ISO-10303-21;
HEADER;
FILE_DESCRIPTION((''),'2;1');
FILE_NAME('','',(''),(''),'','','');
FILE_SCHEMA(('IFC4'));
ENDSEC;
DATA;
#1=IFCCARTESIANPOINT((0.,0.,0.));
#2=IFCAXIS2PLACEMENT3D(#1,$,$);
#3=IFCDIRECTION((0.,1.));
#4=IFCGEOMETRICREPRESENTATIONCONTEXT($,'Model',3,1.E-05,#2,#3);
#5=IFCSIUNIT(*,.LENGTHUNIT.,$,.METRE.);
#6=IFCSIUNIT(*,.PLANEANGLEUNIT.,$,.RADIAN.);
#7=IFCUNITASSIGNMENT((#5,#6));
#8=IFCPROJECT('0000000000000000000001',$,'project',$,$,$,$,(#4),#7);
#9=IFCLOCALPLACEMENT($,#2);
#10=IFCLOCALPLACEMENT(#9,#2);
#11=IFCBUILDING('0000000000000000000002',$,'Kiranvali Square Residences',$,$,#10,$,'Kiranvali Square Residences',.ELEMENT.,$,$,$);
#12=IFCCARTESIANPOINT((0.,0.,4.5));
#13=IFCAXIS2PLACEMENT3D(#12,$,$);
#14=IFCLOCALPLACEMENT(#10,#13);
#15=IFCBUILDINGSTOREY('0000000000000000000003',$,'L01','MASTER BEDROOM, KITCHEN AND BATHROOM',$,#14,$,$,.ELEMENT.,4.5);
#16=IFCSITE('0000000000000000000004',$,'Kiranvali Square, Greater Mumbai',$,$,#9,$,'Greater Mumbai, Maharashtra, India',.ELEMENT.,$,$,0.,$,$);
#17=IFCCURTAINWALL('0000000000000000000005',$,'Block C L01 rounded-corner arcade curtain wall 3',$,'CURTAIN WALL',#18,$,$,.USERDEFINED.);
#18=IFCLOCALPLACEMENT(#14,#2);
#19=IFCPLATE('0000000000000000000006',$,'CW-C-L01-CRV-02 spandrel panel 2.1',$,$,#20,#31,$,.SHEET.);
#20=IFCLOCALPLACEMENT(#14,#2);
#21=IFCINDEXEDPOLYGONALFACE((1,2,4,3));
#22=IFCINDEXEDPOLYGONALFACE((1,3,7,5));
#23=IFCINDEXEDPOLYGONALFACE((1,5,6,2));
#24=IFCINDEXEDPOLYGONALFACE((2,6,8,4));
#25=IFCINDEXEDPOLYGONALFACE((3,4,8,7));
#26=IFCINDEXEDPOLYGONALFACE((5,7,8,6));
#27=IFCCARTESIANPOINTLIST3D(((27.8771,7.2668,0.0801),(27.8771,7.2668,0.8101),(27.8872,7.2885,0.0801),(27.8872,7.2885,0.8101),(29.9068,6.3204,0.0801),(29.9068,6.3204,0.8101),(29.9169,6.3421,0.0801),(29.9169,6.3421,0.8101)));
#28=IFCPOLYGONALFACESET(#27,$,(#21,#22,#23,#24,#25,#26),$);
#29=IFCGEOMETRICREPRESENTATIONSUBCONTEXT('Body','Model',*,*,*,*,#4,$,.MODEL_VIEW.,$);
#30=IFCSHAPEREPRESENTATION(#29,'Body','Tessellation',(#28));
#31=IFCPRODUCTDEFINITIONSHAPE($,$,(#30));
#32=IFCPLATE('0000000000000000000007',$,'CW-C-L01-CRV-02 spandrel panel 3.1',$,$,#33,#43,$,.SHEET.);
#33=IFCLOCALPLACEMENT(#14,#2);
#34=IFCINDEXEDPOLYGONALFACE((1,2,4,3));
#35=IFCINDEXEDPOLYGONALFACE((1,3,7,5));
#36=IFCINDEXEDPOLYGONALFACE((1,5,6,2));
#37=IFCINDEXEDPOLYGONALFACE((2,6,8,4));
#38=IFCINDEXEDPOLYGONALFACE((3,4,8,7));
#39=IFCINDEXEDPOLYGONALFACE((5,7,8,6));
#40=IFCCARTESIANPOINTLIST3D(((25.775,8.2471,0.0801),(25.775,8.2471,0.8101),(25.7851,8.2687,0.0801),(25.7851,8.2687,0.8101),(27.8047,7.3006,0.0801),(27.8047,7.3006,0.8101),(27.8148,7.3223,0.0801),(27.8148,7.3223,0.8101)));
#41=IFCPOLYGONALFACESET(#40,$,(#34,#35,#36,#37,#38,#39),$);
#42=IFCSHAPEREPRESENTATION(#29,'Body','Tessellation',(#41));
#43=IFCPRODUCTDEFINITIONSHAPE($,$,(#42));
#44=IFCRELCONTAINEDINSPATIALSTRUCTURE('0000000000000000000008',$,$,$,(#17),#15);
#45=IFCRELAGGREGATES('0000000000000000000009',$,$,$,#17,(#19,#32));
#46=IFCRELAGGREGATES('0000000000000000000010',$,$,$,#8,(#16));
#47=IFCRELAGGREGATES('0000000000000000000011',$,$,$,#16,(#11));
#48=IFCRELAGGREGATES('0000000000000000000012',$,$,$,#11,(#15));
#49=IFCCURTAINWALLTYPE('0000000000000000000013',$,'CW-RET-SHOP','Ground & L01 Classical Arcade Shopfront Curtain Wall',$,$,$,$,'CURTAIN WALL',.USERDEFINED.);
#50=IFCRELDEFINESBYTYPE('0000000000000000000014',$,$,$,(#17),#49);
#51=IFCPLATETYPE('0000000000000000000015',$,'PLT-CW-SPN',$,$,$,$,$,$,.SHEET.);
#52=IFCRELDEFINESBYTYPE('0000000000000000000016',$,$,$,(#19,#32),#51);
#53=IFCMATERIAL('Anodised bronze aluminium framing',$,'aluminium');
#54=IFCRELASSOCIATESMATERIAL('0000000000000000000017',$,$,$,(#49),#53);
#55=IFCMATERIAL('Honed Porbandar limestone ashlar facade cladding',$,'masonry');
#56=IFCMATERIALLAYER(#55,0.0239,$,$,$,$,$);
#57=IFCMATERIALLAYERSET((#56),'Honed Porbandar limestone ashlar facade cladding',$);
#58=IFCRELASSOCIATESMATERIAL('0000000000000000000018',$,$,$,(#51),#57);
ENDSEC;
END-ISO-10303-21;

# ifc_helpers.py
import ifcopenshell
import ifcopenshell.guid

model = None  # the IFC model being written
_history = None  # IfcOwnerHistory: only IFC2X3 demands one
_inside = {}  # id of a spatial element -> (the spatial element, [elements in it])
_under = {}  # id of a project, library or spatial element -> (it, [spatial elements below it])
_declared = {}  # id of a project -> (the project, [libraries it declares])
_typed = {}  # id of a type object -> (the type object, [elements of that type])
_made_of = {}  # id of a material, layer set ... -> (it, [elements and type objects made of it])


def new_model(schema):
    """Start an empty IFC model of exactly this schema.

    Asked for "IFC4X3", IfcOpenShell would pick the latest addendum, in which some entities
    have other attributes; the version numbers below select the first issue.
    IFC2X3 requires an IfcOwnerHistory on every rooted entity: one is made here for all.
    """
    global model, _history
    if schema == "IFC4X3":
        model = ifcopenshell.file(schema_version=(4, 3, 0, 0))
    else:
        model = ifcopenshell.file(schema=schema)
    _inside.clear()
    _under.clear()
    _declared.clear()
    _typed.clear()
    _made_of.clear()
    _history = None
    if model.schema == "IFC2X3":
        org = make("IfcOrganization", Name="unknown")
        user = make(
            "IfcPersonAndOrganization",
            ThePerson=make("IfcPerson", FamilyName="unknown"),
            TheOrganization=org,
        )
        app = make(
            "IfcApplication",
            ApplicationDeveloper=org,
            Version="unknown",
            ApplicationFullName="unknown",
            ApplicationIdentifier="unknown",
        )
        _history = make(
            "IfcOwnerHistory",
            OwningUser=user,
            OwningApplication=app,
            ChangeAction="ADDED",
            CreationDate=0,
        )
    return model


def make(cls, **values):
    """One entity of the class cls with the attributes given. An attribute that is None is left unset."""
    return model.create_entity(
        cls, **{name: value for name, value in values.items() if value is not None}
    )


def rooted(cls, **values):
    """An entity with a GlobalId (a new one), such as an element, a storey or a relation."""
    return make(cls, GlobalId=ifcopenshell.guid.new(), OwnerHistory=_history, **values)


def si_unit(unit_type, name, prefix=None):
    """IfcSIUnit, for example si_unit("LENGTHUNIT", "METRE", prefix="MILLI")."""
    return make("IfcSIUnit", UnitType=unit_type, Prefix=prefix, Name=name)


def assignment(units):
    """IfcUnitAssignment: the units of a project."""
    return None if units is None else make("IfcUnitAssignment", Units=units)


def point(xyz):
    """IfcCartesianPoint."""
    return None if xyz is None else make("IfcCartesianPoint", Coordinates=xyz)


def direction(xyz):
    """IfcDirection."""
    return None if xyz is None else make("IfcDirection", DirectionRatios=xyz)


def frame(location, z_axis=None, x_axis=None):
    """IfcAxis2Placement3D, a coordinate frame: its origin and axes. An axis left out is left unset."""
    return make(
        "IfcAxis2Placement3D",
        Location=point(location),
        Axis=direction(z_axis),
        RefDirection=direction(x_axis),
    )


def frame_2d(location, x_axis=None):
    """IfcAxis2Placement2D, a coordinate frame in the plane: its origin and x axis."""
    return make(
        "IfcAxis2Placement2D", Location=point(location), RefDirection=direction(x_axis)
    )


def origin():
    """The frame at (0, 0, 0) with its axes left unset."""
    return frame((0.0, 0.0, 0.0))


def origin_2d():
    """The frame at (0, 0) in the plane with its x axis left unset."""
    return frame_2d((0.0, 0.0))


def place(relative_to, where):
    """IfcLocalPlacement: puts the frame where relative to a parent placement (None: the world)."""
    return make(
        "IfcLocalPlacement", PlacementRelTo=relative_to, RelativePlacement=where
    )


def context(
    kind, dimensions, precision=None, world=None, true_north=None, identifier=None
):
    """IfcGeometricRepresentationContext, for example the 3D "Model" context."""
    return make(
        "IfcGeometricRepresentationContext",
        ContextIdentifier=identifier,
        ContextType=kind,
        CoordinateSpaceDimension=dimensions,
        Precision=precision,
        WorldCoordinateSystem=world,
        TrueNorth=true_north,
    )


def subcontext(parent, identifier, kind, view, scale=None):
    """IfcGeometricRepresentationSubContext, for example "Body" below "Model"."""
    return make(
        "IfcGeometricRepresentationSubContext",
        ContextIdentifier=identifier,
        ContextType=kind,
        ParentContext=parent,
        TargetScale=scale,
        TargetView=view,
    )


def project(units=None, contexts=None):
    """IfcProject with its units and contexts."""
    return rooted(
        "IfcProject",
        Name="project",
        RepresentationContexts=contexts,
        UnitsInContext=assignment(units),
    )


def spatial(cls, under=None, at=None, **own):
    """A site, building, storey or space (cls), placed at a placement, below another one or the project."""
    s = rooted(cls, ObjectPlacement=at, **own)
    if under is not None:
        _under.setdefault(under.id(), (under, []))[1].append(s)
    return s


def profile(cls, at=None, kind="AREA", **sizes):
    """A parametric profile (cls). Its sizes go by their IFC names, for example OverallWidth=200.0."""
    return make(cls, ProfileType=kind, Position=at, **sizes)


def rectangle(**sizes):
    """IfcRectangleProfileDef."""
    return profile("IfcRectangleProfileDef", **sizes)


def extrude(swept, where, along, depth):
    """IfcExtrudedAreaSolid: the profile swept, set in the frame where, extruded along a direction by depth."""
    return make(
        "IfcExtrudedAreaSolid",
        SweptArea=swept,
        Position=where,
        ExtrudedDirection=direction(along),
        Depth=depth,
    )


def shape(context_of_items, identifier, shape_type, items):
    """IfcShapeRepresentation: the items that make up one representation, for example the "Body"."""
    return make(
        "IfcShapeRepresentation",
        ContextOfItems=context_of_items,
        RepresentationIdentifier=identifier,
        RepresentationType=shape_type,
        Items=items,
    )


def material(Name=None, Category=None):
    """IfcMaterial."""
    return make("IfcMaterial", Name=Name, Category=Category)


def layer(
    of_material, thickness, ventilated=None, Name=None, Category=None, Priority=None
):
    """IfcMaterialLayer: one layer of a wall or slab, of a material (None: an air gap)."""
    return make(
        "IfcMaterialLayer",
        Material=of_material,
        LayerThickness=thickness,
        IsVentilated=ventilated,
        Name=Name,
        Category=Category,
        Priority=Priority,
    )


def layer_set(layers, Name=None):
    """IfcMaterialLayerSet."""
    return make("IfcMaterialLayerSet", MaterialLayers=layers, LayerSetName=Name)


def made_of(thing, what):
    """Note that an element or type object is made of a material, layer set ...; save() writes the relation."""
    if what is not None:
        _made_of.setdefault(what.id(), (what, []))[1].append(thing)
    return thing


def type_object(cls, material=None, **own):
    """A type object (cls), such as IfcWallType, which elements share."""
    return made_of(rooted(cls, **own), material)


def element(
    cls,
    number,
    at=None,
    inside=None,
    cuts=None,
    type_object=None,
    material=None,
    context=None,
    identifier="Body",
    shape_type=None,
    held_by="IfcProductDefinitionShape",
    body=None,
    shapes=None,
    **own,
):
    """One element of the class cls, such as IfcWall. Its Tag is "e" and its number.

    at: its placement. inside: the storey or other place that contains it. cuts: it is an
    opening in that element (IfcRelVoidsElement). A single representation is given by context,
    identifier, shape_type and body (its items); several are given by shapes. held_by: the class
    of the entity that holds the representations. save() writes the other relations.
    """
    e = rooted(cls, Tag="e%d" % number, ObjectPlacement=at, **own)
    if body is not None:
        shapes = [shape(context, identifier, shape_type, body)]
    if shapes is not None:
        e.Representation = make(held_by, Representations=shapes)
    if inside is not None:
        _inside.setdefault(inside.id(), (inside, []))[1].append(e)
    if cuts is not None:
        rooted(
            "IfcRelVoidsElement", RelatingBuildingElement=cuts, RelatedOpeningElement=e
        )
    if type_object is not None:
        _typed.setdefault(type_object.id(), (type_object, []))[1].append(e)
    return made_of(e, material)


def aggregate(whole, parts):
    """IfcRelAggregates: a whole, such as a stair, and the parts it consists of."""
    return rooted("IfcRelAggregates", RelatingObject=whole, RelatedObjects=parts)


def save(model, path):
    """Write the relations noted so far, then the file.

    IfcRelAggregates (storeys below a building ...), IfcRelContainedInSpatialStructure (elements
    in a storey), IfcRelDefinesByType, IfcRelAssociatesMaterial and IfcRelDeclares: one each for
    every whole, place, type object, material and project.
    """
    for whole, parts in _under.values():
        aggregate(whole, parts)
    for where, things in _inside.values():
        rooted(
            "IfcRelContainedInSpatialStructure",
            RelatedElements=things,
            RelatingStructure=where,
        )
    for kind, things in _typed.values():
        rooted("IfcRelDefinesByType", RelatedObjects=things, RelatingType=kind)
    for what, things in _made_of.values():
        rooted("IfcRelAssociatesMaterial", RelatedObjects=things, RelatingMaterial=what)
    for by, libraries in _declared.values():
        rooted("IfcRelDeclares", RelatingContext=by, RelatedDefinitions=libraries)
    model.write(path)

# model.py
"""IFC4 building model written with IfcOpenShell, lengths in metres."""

from ifc_helpers import new_model, si_unit, direction, frame, origin, origin_2d, place, context, subcontext, project, spatial, rectangle, extrude, material, layer, layer_set, type_object, element, aggregate, save


model = new_model("IFC4")

# Units and contexts
model_context = context("Model", 3, precision=1e-05, world=origin(), true_north=direction((0.0, 1.0)))
body_context = subcontext(model_context, "Body", "Model", "MODEL_VIEW")
ifc_project = project(units=[si_unit("LENGTHUNIT", "METRE"), si_unit("PLANEANGLEUNIT", "RADIAN")], contexts=[model_context])

# Site, building, storey
site_placement = place(None, origin())
site = spatial("IfcSite", under=ifc_project, at=site_placement, Name="Kiranvali Square, Greater Mumbai", LongName="Greater Mumbai, Maharashtra, India", CompositionType="ELEMENT", RefElevation=0.0)
building_placement = place(site_placement, origin())
building = spatial("IfcBuilding", under=site, at=building_placement, Name="Kiranvali Square Residences", LongName="Kiranvali Square Residences", CompositionType="ELEMENT")
storey_placement = place(building_placement, frame((0.0, 0.0, 4.5)))
storey = spatial("IfcBuildingStorey", under=building, at=storey_placement, Name="L01", Description="MASTER BEDROOM, KITCHEN AND BATHROOM", CompositionType="ELEMENT", Elevation=4.5)

# Curtain wall
ifc_material_1 = material(Name="Anodised bronze aluminium framing", Category="aluminium")
curtain_wall_type = type_object("IfcCurtainWallType", Name="CW-RET-SHOP", Description="Ground & L01 Classical Arcade Shopfront Curtain Wall", ElementType="CURTAIN WALL", PredefinedType="USERDEFINED", material=ifc_material_1)
curtain_wall_1_placement = place(storey_placement, origin())
curtain_wall_1 = element("IfcCurtainWall", 1, at=curtain_wall_1_placement, inside=storey, type_object=curtain_wall_type, Name="Block C L01 rounded-corner arcade curtain wall 3", ObjectType="CURTAIN WALL", PredefinedType="USERDEFINED")

# Plates
ifc_material_2 = material(Name="Honed Porbandar limestone ashlar facade cladding", Category="masonry")
ifc_layer_1 = layer(ifc_material_2, 0.0239)
ifc_layer_set_1 = layer_set([ifc_layer_1], Name="Honed Porbandar limestone ashlar facade cladding")
plate_type_1 = type_object("IfcPlateType", Name="PLT-CW-SPN", PredefinedType="SHEET", material=ifc_layer_set_1)
plate_1_placement = place(storey_placement, frame((28.897, 6.8044, 0.0801), z_axis=(0.0, 0.0, 1.0), x_axis=(-0.906308, 0.422618, 0.0)))
plate_1 = element("IfcPlate", 2, at=plate_1_placement, type_object=plate_type_1, Name="CW-C-L01-CRV-02 spandrel panel 2.1", PredefinedType="SHEET", context=body_context, shape_type="SweptSolid", body=[
    extrude(rectangle(XDim=2.2395, YDim=0.0239, at=origin_2d()), origin(), (0.0, 0.0, 1.0), 0.73),
])
plate_2_placement = place(storey_placement, frame((26.7949, 7.7847, 0.0801), z_axis=(0.0, 0.0, 1.0), x_axis=(-0.906308, 0.422618, 0.0)))
plate_2 = element("IfcPlate", 3, at=plate_2_placement, type_object=plate_type_1, Name="CW-C-L01-CRV-02 spandrel panel 3.1", PredefinedType="SHEET", context=body_context, shape_type="SweptSolid", body=[
    extrude(rectangle(XDim=2.2395, YDim=0.0239, at=origin_2d()), origin(), (0.0, 0.0, 1.0), 0.73),
])
aggregate(curtain_wall_1, [plate_1, plate_2])

save(model, "model.ifc")
